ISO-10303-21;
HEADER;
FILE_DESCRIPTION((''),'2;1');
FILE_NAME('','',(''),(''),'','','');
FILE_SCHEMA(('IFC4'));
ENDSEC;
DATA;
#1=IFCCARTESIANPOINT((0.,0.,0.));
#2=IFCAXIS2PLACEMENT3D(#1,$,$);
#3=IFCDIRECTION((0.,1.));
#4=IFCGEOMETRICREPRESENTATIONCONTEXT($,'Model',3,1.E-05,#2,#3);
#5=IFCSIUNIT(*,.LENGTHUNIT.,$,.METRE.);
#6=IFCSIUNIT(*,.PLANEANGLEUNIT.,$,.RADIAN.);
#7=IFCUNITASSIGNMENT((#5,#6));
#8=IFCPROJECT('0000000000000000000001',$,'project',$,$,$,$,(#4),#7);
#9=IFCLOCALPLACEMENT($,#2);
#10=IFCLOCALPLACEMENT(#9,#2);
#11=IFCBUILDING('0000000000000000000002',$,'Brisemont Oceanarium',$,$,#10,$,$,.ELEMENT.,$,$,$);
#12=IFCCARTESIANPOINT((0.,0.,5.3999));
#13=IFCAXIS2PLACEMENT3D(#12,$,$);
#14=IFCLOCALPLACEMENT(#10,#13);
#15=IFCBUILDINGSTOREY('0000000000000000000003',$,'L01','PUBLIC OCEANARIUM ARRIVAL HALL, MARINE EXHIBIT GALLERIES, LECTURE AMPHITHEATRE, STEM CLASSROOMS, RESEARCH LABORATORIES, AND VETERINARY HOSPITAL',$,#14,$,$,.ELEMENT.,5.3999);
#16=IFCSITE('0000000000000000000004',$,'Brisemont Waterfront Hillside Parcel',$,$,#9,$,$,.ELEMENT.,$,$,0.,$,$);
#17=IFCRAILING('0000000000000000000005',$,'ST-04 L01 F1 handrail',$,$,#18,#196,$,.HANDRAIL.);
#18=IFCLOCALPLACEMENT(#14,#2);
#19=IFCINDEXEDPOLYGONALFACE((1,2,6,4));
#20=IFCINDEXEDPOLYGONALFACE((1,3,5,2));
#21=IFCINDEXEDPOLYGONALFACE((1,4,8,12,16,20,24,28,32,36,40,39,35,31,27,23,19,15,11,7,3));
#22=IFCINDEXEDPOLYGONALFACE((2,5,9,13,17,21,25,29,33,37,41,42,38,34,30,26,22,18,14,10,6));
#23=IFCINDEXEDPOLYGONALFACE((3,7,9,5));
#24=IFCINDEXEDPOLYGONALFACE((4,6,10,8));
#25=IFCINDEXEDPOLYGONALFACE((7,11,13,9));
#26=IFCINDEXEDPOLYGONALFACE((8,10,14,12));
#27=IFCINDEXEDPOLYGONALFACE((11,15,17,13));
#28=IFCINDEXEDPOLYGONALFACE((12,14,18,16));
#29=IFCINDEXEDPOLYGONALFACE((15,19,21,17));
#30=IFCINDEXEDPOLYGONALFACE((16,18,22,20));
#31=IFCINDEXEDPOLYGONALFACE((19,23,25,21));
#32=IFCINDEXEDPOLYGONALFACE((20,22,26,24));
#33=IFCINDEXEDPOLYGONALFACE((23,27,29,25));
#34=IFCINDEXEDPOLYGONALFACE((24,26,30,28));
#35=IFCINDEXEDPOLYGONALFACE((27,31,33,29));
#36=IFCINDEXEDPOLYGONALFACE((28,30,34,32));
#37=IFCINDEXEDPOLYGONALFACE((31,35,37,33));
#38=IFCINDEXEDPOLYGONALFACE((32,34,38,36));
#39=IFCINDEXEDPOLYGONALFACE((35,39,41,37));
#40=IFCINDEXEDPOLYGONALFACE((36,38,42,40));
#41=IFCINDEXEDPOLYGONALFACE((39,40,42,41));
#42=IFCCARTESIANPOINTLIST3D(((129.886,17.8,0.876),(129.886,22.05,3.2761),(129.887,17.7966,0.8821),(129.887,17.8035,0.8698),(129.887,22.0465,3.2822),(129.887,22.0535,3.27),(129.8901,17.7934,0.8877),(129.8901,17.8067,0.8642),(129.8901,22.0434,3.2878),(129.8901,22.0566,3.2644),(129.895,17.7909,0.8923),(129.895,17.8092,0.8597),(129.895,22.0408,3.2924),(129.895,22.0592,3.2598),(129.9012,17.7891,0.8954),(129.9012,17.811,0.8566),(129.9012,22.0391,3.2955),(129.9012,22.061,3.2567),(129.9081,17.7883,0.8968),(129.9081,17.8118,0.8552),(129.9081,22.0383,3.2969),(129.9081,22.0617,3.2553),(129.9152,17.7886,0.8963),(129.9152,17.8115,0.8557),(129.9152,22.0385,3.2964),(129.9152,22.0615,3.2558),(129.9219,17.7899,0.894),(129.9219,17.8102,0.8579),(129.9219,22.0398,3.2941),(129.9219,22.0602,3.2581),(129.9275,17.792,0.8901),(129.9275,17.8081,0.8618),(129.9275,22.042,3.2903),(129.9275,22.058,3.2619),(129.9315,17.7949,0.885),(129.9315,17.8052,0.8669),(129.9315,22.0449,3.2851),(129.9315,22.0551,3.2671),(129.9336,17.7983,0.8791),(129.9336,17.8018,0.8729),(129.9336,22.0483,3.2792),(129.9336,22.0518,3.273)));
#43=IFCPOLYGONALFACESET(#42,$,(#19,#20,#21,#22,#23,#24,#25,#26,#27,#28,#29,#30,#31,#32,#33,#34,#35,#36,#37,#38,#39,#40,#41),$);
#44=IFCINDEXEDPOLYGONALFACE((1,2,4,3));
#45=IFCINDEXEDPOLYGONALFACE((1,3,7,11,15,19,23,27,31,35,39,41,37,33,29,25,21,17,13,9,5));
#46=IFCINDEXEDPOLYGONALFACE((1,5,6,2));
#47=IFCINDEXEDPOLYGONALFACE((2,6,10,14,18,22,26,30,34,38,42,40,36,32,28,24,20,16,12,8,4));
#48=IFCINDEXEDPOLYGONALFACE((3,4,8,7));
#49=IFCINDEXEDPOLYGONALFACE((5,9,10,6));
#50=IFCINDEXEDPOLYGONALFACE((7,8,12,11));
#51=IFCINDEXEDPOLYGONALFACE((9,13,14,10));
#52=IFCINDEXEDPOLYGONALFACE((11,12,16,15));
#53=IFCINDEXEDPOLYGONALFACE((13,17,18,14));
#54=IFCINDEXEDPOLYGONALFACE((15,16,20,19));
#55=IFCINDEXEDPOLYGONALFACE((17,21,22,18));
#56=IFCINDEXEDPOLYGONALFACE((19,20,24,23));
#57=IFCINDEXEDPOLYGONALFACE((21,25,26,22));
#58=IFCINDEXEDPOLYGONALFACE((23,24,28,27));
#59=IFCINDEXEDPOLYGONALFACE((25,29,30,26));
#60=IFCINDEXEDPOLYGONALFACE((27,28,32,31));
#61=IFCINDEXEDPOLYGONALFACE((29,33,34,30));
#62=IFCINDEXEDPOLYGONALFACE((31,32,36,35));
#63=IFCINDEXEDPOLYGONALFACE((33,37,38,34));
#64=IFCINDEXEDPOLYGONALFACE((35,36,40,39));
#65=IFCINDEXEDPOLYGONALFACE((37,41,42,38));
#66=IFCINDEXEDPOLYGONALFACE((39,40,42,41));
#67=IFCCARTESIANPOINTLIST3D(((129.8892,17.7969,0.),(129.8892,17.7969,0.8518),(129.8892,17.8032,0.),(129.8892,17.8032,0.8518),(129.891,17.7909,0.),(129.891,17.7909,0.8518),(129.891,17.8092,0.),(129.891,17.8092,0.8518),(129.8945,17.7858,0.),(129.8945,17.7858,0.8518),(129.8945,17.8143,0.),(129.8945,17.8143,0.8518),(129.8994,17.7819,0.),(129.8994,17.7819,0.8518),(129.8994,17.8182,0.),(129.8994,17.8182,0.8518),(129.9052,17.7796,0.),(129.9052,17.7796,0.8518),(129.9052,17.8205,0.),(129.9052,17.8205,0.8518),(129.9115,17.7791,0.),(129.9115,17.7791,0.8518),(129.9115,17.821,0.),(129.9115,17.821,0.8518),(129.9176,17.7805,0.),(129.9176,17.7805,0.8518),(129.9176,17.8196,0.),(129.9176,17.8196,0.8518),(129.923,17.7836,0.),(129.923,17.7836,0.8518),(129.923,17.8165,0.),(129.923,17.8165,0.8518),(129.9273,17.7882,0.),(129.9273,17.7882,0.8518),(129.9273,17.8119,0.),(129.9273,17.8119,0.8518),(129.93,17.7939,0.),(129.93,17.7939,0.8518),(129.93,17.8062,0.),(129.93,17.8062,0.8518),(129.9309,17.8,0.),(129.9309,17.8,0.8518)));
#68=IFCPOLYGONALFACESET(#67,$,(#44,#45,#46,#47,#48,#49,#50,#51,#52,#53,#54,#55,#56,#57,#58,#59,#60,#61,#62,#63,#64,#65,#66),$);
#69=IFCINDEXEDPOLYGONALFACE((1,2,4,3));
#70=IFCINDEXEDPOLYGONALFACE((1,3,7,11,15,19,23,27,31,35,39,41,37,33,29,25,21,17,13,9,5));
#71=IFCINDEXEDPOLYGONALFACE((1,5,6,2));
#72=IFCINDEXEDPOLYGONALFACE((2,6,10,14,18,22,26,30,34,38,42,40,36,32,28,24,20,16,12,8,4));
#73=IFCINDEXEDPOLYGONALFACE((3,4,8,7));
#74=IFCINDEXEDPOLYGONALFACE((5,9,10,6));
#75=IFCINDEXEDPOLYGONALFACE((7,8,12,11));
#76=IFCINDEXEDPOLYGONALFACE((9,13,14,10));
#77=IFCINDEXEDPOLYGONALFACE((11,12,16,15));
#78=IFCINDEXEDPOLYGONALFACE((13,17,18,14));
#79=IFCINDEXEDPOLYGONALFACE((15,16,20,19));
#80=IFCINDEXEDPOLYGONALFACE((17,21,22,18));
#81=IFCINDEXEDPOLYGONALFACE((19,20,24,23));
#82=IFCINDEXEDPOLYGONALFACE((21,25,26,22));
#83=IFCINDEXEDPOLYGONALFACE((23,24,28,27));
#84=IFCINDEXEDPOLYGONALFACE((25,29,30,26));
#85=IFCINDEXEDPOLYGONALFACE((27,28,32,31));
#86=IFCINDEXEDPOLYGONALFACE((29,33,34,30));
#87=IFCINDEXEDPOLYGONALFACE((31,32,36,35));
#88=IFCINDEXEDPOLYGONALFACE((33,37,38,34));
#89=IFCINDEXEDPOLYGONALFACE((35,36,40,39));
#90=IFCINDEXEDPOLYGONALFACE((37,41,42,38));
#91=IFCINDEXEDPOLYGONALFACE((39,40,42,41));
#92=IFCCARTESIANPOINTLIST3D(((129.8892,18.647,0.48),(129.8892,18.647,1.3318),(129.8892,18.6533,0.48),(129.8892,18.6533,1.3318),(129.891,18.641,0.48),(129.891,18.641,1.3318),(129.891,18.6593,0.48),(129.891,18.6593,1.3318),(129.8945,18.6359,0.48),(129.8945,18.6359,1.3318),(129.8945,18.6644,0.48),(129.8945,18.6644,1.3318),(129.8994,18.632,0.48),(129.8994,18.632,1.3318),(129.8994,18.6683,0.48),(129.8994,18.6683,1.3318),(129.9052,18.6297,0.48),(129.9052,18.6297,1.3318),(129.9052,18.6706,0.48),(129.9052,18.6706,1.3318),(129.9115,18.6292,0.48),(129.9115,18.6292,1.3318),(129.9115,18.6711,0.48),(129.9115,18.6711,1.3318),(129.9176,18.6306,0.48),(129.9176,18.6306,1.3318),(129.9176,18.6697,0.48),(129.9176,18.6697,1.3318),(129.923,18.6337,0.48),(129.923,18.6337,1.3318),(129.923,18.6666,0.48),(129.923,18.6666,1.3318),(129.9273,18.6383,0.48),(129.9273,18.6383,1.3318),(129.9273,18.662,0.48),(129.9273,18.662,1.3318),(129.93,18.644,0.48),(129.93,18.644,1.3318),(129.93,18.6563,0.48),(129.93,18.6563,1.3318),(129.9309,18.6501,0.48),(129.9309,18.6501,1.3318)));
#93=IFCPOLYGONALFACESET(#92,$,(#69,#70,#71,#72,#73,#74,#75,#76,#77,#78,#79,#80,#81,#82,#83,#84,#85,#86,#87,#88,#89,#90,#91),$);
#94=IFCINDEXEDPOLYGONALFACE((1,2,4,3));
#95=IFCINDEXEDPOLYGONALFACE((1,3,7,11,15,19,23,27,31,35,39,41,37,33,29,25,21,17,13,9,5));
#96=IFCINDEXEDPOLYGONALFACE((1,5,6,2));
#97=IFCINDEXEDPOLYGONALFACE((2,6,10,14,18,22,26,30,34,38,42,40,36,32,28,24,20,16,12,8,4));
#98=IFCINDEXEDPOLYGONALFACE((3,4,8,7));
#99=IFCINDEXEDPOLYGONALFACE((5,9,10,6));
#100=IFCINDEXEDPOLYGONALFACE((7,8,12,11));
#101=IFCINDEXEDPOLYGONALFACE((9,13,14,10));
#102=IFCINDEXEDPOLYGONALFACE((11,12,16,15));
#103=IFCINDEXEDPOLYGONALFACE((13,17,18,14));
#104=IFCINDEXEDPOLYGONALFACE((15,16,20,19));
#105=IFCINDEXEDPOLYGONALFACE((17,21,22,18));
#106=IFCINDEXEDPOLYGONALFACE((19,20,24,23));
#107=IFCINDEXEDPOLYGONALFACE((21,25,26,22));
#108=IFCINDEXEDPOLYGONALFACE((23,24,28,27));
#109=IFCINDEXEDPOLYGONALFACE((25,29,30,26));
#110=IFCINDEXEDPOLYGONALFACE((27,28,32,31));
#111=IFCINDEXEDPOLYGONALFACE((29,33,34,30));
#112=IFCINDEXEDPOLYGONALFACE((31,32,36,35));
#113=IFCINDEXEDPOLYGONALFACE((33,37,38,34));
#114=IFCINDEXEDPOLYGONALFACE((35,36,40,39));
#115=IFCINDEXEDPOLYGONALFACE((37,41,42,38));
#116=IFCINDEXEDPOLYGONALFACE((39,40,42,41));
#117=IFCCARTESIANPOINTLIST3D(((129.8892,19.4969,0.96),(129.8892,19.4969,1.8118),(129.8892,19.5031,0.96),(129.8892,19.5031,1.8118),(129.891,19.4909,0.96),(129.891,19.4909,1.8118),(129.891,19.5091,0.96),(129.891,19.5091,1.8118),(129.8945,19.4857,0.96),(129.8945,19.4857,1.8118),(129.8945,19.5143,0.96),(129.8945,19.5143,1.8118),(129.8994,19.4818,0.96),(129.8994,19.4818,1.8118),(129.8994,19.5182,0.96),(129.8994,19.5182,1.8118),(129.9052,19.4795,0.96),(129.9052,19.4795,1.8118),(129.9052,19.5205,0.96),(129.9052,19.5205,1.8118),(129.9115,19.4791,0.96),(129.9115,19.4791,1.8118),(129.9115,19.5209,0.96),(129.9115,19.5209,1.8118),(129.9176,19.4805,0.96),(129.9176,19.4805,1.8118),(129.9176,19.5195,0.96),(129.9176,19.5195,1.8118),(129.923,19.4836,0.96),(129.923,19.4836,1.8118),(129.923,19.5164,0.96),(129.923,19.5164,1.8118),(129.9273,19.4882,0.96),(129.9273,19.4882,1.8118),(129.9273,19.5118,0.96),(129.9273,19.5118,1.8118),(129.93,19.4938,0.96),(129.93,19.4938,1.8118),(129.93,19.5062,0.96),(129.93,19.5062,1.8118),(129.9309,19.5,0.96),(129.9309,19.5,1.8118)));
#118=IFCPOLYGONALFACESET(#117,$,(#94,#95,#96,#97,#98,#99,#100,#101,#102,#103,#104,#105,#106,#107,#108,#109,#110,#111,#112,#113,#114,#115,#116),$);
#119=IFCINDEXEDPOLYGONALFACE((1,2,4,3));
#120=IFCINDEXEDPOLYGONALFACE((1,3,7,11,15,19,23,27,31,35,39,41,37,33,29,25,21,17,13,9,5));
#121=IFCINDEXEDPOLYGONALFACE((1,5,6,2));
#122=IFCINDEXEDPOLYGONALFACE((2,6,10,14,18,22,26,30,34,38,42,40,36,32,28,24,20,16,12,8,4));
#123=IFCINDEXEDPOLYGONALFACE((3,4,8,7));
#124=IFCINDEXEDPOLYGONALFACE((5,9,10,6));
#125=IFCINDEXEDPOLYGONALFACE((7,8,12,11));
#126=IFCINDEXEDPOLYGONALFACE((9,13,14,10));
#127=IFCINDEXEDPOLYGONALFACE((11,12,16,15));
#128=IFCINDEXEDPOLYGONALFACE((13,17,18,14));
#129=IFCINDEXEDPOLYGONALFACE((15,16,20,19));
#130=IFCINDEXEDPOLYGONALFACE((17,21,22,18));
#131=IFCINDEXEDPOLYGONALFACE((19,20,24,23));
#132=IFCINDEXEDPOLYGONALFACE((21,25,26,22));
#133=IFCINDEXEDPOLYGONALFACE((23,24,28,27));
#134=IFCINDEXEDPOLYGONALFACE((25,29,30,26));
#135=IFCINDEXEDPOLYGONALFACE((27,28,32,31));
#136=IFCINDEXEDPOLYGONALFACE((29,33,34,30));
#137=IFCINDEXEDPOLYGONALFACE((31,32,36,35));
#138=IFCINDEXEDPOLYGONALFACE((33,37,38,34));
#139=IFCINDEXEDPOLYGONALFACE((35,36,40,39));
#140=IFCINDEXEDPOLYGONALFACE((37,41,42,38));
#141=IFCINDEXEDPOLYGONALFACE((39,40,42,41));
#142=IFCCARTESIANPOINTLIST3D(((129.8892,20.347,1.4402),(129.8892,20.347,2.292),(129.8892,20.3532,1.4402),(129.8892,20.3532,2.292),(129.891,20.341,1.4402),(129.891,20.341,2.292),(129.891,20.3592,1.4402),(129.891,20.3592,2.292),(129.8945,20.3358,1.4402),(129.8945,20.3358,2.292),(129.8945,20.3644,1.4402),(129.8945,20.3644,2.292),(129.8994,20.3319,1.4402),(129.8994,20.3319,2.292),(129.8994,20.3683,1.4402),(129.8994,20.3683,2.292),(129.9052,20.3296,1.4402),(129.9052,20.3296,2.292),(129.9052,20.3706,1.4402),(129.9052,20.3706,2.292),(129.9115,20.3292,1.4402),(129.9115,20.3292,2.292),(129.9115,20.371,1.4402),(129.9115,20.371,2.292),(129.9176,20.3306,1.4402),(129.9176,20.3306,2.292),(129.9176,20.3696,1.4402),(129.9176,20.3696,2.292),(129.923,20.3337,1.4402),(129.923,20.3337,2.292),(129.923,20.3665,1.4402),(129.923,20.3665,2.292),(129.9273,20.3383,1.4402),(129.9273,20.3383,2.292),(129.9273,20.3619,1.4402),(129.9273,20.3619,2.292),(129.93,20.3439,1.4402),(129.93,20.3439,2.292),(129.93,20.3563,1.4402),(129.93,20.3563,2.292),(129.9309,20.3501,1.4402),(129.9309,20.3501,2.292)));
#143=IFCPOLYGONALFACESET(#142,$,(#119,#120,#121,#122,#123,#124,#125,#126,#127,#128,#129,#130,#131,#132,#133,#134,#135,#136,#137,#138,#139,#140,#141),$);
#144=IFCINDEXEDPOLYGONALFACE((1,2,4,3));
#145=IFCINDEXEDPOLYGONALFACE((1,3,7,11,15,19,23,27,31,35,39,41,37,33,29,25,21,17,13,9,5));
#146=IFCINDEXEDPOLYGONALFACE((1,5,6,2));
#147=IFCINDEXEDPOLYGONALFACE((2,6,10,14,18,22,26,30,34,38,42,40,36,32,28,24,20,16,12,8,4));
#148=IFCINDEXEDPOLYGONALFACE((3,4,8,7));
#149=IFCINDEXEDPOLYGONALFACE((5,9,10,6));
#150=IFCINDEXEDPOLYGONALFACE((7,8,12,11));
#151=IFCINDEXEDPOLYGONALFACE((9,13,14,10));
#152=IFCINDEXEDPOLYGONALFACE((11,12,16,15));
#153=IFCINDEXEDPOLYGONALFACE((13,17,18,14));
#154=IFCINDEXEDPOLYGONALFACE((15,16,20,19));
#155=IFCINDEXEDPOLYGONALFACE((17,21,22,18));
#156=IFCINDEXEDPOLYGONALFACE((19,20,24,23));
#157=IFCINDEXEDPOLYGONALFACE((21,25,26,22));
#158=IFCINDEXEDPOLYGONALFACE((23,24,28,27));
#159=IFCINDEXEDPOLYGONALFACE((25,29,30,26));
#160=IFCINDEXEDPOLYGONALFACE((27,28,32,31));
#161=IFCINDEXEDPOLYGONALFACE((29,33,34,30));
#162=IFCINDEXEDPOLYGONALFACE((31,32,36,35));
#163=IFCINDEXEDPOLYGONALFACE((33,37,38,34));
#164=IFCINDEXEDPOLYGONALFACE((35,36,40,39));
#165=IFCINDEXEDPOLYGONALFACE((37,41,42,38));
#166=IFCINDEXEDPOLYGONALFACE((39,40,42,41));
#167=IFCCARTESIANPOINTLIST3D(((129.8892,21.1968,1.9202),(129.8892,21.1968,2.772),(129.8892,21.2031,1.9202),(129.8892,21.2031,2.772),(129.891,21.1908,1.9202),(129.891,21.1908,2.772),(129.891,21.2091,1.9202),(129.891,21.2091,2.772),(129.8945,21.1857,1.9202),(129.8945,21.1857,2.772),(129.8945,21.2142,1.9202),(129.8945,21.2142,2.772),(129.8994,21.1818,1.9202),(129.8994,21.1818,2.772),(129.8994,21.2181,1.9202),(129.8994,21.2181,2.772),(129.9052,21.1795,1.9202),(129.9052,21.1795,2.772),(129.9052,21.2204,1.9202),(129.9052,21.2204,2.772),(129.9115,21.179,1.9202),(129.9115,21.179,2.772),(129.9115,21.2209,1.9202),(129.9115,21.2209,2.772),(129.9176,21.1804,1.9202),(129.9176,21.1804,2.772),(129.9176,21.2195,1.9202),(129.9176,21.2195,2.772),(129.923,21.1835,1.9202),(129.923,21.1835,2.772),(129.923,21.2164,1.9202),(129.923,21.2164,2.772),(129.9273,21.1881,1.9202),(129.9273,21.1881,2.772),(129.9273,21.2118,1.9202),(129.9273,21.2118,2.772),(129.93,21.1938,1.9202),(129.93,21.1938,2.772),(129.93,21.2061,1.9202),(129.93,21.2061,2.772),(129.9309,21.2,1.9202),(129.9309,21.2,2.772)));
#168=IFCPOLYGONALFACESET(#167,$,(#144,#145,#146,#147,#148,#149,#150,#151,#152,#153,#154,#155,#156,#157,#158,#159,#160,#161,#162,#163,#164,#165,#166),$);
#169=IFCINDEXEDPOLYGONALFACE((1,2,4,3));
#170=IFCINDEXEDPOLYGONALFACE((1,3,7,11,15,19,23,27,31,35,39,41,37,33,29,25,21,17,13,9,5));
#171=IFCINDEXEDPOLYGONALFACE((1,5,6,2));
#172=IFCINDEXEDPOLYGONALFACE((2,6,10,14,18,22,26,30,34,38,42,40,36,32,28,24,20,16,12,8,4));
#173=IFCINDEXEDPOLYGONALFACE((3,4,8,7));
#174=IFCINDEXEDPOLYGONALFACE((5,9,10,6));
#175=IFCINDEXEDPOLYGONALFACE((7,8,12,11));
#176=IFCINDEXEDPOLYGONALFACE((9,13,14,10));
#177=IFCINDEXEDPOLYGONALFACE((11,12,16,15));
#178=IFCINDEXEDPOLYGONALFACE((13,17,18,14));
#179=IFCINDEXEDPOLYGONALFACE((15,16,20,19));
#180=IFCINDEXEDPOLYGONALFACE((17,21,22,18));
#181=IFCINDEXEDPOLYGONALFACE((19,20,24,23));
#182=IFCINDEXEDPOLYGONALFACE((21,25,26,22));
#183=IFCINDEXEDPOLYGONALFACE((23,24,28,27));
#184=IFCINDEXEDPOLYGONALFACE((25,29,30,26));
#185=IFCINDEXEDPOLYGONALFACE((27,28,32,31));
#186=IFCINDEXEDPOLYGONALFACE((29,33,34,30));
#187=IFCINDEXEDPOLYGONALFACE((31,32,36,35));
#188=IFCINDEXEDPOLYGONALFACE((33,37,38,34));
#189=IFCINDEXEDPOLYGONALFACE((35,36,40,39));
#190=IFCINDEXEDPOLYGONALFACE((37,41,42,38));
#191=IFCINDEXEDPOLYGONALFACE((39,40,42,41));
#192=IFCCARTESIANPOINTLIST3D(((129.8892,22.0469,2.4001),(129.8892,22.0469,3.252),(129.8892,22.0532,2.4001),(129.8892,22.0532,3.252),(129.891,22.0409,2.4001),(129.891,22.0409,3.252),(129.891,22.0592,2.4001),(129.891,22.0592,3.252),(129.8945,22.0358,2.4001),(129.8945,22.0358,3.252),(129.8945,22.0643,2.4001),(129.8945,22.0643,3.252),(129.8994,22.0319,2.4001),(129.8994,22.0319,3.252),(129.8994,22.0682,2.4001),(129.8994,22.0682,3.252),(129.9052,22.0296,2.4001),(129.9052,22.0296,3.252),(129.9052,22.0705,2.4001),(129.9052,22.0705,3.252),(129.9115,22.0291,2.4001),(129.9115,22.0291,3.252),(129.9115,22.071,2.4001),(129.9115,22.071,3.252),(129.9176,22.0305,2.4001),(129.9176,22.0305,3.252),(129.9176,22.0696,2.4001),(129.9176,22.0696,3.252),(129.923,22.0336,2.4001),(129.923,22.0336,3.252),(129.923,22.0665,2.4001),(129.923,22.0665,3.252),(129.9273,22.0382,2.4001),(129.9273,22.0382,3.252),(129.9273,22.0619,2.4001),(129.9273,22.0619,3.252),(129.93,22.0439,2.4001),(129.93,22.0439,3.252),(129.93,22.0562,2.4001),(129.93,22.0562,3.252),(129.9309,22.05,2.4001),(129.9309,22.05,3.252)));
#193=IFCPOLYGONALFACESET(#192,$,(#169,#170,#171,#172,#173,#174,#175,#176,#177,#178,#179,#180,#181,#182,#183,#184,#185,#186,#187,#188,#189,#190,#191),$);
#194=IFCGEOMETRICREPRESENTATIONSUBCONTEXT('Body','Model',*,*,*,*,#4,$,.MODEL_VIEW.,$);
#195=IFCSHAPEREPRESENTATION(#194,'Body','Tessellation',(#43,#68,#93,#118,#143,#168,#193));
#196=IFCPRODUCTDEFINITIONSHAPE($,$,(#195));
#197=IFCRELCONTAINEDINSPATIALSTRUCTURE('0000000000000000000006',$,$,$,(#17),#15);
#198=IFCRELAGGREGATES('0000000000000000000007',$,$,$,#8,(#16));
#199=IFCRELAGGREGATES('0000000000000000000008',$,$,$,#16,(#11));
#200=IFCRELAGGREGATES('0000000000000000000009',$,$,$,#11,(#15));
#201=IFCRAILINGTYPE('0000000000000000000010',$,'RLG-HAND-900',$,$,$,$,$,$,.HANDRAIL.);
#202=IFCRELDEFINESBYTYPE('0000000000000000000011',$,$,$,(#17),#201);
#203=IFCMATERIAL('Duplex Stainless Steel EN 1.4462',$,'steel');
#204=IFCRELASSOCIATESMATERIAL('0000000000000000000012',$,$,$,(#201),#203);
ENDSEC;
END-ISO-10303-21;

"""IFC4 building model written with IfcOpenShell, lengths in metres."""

from ifc_helpers import new_model, si_unit, direction, frame, origin, origin_2d, place, context, subcontext, project, spatial, circle, extrude, material, type_object, element, save


model = new_model("IFC4")

# Units and contexts
model_context = context("Model", 3, precision=1e-05, world=origin(), true_north=direction((0.0, 1.0)))
body_context = subcontext(model_context, "Body", "Model", "MODEL_VIEW")
ifc_project = project(units=[si_unit("LENGTHUNIT", "METRE"), si_unit("PLANEANGLEUNIT", "RADIAN")], contexts=[model_context])

# Site, building, storey
site_placement = place(None, origin())
site = spatial("IfcSite", under=ifc_project, at=site_placement, Name="Brisemont Waterfront Hillside Parcel", CompositionType="ELEMENT", RefElevation=0.0)
building_placement = place(site_placement, origin())
building = spatial("IfcBuilding", under=site, at=building_placement, Name="Brisemont Oceanarium", CompositionType="ELEMENT")
storey_placement = place(building_placement, frame((0.0, 0.0, 5.3999)))
storey = spatial("IfcBuildingStorey", under=building, at=storey_placement, Name="L01", Description="PUBLIC OCEANARIUM ARRIVAL HALL, MARINE EXHIBIT GALLERIES, LECTURE AMPHITHEATRE, STEM CLASSROOMS, RESEARCH LABORATORIES, AND VETERINARY HOSPITAL", CompositionType="ELEMENT", Elevation=5.3999)

# Railing
ifc_material_1 = material(Name="Duplex Stainless Steel EN 1.4462", Category="steel")
railing_type_1 = type_object("IfcRailingType", Name="RLG-HAND-900", PredefinedType="HANDRAIL", material=ifc_material_1)
railing_1_placement = place(storey_placement, frame((129.9099, 17.8, 0.0)))
element("IfcRailing", 1, at=railing_1_placement, inside=storey, type_object=railing_type_1, Name="ST-04 L01 F1 handrail", PredefinedType="HANDRAIL", context=body_context, shape_type="SweptSolid", body=[
    extrude(circle(Radius=0.0239, at=origin_2d()), frame((0.0, 0.0, 0.876), z_axis=(0.0, 0.870741, 0.491742), x_axis=(-1.0, 0.0, 0.0)), (0.0, 0.0, 1.0), 4.8809),
    extrude(circle(Radius=0.021, at=origin_2d()), origin(), (0.0, 0.0, 1.0), 0.8518),
    extrude(circle(Radius=0.021, at=origin_2d()), frame((0.0, 0.8501, 0.48)), (0.0, 0.0, 1.0), 0.8518),
    extrude(circle(Radius=0.021, at=origin_2d()), frame((0.0, 1.7, 0.96)), (0.0, 0.0, 1.0), 0.8518),
    extrude(circle(Radius=0.021, at=origin_2d()), frame((0.0, 2.55, 1.4402)), (0.0, 0.0, 1.0), 0.8518),
    extrude(circle(Radius=0.021, at=origin_2d()), frame((0.0, 3.3999, 1.9202)), (0.0, 0.0, 1.0), 0.8518),
    extrude(circle(Radius=0.021, at=origin_2d()), frame((0.0, 4.25, 2.4001)), (0.0, 0.0, 1.0), 0.8518),
])

save(model, "model.ifc")
